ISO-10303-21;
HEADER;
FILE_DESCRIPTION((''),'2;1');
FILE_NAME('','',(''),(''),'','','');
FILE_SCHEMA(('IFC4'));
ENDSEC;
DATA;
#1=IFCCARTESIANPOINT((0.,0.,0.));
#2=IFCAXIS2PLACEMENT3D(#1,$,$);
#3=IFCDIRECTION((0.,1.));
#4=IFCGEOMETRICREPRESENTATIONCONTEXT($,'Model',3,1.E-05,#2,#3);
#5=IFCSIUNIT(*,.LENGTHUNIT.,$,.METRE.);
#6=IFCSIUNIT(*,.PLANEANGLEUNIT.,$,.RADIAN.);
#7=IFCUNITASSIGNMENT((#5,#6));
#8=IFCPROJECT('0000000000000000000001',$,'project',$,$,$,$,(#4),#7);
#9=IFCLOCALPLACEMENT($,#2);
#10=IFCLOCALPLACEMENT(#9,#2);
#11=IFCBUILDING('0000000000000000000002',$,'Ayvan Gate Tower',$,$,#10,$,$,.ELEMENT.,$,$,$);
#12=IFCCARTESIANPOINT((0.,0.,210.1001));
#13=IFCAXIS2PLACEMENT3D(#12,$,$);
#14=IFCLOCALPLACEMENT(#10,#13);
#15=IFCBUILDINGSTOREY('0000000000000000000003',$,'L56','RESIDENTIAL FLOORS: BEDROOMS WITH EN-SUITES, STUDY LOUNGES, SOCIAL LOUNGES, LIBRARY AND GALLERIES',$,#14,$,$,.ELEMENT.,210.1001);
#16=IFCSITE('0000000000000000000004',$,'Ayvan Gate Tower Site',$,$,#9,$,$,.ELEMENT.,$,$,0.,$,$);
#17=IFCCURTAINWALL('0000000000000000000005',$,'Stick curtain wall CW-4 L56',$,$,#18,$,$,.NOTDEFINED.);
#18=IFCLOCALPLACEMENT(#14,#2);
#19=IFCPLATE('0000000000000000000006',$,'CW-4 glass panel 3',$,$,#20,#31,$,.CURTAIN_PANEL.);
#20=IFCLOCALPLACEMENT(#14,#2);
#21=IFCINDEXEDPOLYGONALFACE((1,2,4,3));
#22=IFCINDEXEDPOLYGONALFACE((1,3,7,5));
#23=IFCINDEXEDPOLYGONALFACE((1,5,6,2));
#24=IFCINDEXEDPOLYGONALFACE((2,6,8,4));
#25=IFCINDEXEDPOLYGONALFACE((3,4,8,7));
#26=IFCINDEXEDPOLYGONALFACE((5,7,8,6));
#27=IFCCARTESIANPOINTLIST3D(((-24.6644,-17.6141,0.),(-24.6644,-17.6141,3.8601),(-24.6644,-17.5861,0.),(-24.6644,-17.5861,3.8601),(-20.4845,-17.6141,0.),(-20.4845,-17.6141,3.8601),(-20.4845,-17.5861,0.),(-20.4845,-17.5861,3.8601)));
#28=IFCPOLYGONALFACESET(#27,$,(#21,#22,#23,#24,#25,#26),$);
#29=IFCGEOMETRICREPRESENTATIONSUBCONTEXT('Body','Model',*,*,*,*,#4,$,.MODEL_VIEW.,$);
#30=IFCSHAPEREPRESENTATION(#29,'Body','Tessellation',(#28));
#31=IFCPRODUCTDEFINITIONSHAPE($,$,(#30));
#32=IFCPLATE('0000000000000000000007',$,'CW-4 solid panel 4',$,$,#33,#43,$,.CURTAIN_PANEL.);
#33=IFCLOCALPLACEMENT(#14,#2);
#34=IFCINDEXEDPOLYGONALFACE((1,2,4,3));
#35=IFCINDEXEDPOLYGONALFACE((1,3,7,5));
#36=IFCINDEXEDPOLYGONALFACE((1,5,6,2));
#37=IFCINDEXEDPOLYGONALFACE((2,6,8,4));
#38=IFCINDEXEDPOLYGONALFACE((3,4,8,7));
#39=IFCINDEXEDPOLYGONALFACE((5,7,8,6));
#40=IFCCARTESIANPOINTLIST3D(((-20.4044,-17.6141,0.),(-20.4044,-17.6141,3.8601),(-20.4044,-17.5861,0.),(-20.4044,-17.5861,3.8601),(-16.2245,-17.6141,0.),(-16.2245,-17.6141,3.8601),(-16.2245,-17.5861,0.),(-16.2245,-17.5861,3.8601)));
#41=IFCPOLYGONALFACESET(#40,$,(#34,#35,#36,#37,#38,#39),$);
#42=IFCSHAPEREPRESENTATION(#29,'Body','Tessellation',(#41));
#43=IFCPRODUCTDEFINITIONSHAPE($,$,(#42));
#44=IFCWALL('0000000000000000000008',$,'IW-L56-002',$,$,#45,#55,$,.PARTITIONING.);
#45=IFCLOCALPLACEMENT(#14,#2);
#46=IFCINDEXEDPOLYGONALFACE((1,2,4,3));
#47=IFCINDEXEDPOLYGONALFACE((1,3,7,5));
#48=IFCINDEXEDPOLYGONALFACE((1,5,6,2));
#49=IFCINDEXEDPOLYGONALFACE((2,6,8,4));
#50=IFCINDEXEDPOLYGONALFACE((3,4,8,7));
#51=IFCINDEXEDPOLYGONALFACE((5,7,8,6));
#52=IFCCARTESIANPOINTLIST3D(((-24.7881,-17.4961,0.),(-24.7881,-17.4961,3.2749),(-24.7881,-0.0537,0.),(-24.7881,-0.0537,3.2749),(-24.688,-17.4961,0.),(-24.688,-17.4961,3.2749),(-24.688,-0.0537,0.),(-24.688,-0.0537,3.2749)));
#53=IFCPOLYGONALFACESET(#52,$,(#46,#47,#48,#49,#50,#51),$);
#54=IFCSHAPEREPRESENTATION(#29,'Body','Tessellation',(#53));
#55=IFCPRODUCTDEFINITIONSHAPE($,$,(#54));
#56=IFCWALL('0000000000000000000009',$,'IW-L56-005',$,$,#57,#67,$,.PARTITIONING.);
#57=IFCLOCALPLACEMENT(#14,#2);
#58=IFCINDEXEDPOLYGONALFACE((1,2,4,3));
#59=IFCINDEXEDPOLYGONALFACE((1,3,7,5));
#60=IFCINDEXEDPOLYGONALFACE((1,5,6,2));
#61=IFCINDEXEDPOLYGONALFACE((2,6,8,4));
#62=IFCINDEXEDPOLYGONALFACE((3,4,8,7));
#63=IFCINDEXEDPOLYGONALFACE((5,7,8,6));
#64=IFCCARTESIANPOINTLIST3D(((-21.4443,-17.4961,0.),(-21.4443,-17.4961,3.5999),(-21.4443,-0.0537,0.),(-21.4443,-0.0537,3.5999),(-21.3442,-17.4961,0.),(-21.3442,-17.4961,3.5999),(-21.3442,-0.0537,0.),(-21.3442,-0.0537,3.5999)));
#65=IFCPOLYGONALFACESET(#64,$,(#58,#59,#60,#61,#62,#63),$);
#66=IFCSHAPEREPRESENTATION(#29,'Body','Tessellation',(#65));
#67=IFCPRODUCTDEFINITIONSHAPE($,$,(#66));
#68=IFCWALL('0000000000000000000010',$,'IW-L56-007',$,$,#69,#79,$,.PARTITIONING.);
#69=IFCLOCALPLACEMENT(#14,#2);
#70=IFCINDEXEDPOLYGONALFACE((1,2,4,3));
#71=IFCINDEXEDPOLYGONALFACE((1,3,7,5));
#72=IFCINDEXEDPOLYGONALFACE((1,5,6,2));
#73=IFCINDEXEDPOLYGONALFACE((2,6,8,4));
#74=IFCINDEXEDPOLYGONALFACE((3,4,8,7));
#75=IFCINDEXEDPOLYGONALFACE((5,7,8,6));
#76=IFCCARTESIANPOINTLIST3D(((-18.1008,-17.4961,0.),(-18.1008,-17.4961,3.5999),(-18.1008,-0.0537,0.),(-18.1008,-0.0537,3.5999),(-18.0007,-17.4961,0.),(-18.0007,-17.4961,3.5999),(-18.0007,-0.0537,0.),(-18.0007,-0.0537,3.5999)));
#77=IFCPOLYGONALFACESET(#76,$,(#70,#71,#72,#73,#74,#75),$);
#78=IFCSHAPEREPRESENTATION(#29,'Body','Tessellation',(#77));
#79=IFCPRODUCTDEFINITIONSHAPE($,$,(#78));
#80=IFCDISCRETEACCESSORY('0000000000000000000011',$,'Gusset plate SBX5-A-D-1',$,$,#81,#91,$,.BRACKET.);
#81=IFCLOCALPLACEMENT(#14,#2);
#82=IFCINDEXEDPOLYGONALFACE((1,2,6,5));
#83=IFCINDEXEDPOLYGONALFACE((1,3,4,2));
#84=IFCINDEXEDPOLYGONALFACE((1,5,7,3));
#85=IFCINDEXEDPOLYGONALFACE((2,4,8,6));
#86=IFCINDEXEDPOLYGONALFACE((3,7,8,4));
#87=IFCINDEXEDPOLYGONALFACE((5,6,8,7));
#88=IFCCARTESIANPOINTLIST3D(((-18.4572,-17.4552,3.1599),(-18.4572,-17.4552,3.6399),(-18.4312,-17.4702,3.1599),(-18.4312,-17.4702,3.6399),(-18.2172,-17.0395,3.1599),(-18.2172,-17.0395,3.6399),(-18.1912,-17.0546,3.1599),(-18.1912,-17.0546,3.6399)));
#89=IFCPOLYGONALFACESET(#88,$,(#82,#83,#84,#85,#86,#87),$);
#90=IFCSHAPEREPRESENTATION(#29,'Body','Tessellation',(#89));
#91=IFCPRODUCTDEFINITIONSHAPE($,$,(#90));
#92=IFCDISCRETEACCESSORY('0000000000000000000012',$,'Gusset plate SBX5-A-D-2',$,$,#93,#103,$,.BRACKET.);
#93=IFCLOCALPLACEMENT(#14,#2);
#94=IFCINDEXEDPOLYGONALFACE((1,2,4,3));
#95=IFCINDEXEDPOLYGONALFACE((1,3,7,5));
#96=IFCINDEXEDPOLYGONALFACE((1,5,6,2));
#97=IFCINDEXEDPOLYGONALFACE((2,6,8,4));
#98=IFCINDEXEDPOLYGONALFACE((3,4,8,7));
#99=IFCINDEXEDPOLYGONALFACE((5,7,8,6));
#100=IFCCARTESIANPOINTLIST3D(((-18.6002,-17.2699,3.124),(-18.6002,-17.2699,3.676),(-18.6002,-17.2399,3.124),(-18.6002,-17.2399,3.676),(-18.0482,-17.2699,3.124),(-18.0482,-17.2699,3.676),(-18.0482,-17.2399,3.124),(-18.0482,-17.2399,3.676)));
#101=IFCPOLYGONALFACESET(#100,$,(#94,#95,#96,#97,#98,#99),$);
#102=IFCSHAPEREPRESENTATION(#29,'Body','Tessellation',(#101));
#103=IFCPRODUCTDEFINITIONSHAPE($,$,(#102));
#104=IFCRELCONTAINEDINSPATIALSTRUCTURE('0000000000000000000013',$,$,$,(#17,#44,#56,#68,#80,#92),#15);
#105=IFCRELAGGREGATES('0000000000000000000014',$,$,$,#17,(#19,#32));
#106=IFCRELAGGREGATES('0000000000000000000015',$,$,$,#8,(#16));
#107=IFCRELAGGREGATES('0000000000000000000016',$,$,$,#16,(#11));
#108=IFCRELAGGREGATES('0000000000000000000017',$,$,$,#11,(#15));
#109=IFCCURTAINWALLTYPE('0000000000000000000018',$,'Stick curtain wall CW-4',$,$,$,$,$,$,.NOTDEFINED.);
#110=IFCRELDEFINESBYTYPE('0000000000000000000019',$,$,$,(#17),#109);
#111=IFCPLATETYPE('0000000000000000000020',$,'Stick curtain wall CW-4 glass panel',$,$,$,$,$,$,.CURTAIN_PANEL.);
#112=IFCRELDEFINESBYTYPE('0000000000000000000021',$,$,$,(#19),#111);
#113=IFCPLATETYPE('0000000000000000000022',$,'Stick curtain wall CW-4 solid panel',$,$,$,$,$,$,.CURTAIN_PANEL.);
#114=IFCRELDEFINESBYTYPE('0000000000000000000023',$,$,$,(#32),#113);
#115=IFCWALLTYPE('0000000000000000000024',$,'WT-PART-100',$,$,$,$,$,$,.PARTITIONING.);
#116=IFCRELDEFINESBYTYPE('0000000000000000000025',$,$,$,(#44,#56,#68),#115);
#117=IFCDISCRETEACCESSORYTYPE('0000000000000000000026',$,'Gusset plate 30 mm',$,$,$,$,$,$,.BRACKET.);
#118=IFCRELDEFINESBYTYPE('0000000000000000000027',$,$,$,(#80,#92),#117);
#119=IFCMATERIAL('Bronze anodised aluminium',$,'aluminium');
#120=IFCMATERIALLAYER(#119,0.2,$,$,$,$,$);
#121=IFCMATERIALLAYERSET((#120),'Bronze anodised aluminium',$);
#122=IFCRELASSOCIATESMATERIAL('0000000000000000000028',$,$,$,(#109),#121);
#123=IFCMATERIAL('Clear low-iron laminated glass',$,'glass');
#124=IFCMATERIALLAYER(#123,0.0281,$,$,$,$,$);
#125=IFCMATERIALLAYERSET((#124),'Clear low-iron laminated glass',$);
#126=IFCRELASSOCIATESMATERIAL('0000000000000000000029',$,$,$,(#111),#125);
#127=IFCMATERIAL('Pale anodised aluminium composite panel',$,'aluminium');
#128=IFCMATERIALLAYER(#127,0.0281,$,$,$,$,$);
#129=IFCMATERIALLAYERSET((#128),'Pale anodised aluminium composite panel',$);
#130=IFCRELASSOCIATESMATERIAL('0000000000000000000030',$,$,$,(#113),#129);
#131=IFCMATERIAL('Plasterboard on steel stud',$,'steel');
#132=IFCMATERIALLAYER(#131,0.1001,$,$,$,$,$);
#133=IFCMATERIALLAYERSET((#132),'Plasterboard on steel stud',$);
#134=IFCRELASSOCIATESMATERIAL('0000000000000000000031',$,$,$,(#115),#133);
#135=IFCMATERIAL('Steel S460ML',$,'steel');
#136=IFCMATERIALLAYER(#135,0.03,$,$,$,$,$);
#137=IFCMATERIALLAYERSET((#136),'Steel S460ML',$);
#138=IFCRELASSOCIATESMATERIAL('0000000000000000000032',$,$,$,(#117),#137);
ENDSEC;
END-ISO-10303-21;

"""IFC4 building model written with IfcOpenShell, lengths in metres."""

from ifc_helpers import new_model, si_unit, direction, frame, frame_2d, origin, origin_2d, place, context, subcontext, project, spatial, rectangle, extrude, material, layer, layer_set, type_object, element, aggregate, save


model = new_model("IFC4")

# Units and contexts
model_context = context("Model", 3, precision=1e-05, world=origin(), true_north=direction((0.0, 1.0)))
body_context = subcontext(model_context, "Body", "Model", "MODEL_VIEW")
ifc_project = project(units=[si_unit("LENGTHUNIT", "METRE"), si_unit("PLANEANGLEUNIT", "RADIAN")], contexts=[model_context])

# Site, building, storey
site_placement = place(None, origin())
site = spatial("IfcSite", under=ifc_project, at=site_placement, Name="Ayvan Gate Tower Site", CompositionType="ELEMENT", RefElevation=0.0)
building_placement = place(site_placement, origin())
building = spatial("IfcBuilding", under=site, at=building_placement, Name="Ayvan Gate Tower", CompositionType="ELEMENT")
storey_placement = place(building_placement, frame((0.0, 0.0, 210.1001)))
storey = spatial("IfcBuildingStorey", under=building, at=storey_placement, Name="L56", Description="RESIDENTIAL FLOORS: BEDROOMS WITH EN-SUITES, STUDY LOUNGES, SOCIAL LOUNGES, LIBRARY AND GALLERIES", CompositionType="ELEMENT", Elevation=210.1001)

# Shared definitions
ifc_material_1 = material(Name="Steel S460ML", Category="steel")

# Curtain wall, plates
ifc_material_2 = material(Name="Bronze anodised aluminium", Category="aluminium")
ifc_layer_1 = layer(ifc_material_2, 0.2)
ifc_layer_set_1 = layer_set([ifc_layer_1], Name="Bronze anodised aluminium")
curtain_wall_type = type_object("IfcCurtainWallType", Name="Stick curtain wall CW-4", PredefinedType="NOTDEFINED", material=ifc_layer_set_1)
curtain_wall_placement = place(storey_placement, origin())
curtain_wall = element("IfcCurtainWall", 1, at=curtain_wall_placement, inside=storey, type_object=curtain_wall_type, Name="Stick curtain wall CW-4 L56", PredefinedType="NOTDEFINED")
ifc_material_3 = material(Name="Clear low-iron laminated glass", Category="glass")
ifc_layer_2 = layer(ifc_material_3, 0.0281)
ifc_layer_set_2 = layer_set([ifc_layer_2], Name="Clear low-iron laminated glass")
plate_type_1 = type_object("IfcPlateType", Name="Stick curtain wall CW-4 glass panel", PredefinedType="CURTAIN_PANEL", material=ifc_layer_set_2)
plate_1_placement = place(storey_placement, frame((-22.5745, -17.6001, 0.0), z_axis=(0.0, 0.0, 1.0), x_axis=(1.0, 0.0, 0.0)))
plate_1 = element("IfcPlate", 2, at=plate_1_placement, type_object=plate_type_1, Name="CW-4 glass panel 3", PredefinedType="CURTAIN_PANEL", context=body_context, shape_type="SweptSolid", body=[
    extrude(rectangle(XDim=4.1799, YDim=0.0281, at=origin_2d()), origin(), (0.0, 0.0, 1.0), 3.8601),
])
ifc_material_4 = material(Name="Pale anodised aluminium composite panel", Category="aluminium")
ifc_layer_3 = layer(ifc_material_4, 0.0281)
ifc_layer_set_3 = layer_set([ifc_layer_3], Name="Pale anodised aluminium composite panel")
plate_type_2 = type_object("IfcPlateType", Name="Stick curtain wall CW-4 solid panel", PredefinedType="CURTAIN_PANEL", material=ifc_layer_set_3)
plate_2_placement = place(storey_placement, frame((-18.3145, -17.6001, 0.0), z_axis=(0.0, 0.0, 1.0), x_axis=(1.0, 0.0, 0.0)))
plate_2 = element("IfcPlate", 3, at=plate_2_placement, type_object=plate_type_2, Name="CW-4 solid panel 4", PredefinedType="CURTAIN_PANEL", context=body_context, shape_type="SweptSolid", body=[
    extrude(rectangle(XDim=4.1799, YDim=0.0281, at=origin_2d()), origin(), (0.0, 0.0, 1.0), 3.8601),
])
aggregate(curtain_wall, [plate_1, plate_2])

# Walls
ifc_material_5 = material(Name="Plasterboard on steel stud", Category="steel")
ifc_layer_4 = layer(ifc_material_5, 0.1001)
ifc_layer_set_4 = layer_set([ifc_layer_4], Name="Plasterboard on steel stud")
wall_type = type_object("IfcWallType", Name="WT-PART-100", PredefinedType="PARTITIONING", material=ifc_layer_set_4)
wall_placement = place(storey_placement, frame((-24.738, -17.4961, 0.0), z_axis=(0.0, 0.0, 1.0), x_axis=(0.0, 1.0, 0.0)))
element("IfcWall", 4, at=wall_placement, inside=storey, type_object=wall_type, Name="IW-L56-002", PredefinedType="PARTITIONING", context=body_context, shape_type="SweptSolid", body=[
    extrude(rectangle(XDim=17.4424, YDim=0.1001, at=frame_2d((8.7212, 0.0))), origin(), (0.0, 0.0, 1.0), 3.2749),
])
for number, where, z_axis, x_axis, name in (
    (5, (-21.3943, -17.4961, 0.0), (0.0, 0.0, 1.0), (0.0, 1.0, 0.0), "IW-L56-005"),
    (6, (-18.0508, -17.4961, 0.0), (0.0, 0.0, 1.0), (0.0, 1.0, 0.0), "IW-L56-007"),
):
    element("IfcWall", number, at=place(storey_placement, frame(where, z_axis=z_axis, x_axis=x_axis)), inside=storey, type_object=wall_type, Name=name, PredefinedType="PARTITIONING", context=body_context, shape_type="SweptSolid", body=[
        extrude(rectangle(XDim=17.4424, YDim=0.1001, at=frame_2d((8.7212, 0.0))), origin(), (0.0, 0.0, 1.0), 3.5999),
    ])

# Discrete accessories
ifc_layer_5 = layer(ifc_material_1, 0.03)
ifc_layer_set_5 = layer_set([ifc_layer_5], Name="Steel S460ML")
discrete_accessory_type = type_object("IfcDiscreteAccessoryType", Name="Gusset plate 30 mm", PredefinedType="BRACKET", material=ifc_layer_set_5)
discrete_accessory_1_placement = place(storey_placement, frame((-18.3242, -17.2549, 3.1599), z_axis=(0.0, 0.0, 1.0), x_axis=(0.5, 0.866025, 0.0)))
element("IfcDiscreteAccessory", 7, at=discrete_accessory_1_placement, inside=storey, type_object=discrete_accessory_type, Name="Gusset plate SBX5-A-D-1", PredefinedType="BRACKET", context=body_context, shape_type="SweptSolid", body=[
    extrude(rectangle(XDim=0.48, YDim=0.03, at=origin_2d()), origin(), (0.0, 0.0, 1.0), 0.48),
])
discrete_accessory_2_placement = place(storey_placement, frame((-18.3242, -17.2549, 3.124), z_axis=(0.0, 0.0, 1.0), x_axis=(1.0, 0.0, 0.0)))
element("IfcDiscreteAccessory", 8, at=discrete_accessory_2_placement, inside=storey, type_object=discrete_accessory_type, Name="Gusset plate SBX5-A-D-2", PredefinedType="BRACKET", context=body_context, shape_type="SweptSolid", body=[
    extrude(rectangle(XDim=0.552, YDim=0.03, at=origin_2d()), origin(), (0.0, 0.0, 1.0), 0.552),
])

save(model, "model.ifc")
